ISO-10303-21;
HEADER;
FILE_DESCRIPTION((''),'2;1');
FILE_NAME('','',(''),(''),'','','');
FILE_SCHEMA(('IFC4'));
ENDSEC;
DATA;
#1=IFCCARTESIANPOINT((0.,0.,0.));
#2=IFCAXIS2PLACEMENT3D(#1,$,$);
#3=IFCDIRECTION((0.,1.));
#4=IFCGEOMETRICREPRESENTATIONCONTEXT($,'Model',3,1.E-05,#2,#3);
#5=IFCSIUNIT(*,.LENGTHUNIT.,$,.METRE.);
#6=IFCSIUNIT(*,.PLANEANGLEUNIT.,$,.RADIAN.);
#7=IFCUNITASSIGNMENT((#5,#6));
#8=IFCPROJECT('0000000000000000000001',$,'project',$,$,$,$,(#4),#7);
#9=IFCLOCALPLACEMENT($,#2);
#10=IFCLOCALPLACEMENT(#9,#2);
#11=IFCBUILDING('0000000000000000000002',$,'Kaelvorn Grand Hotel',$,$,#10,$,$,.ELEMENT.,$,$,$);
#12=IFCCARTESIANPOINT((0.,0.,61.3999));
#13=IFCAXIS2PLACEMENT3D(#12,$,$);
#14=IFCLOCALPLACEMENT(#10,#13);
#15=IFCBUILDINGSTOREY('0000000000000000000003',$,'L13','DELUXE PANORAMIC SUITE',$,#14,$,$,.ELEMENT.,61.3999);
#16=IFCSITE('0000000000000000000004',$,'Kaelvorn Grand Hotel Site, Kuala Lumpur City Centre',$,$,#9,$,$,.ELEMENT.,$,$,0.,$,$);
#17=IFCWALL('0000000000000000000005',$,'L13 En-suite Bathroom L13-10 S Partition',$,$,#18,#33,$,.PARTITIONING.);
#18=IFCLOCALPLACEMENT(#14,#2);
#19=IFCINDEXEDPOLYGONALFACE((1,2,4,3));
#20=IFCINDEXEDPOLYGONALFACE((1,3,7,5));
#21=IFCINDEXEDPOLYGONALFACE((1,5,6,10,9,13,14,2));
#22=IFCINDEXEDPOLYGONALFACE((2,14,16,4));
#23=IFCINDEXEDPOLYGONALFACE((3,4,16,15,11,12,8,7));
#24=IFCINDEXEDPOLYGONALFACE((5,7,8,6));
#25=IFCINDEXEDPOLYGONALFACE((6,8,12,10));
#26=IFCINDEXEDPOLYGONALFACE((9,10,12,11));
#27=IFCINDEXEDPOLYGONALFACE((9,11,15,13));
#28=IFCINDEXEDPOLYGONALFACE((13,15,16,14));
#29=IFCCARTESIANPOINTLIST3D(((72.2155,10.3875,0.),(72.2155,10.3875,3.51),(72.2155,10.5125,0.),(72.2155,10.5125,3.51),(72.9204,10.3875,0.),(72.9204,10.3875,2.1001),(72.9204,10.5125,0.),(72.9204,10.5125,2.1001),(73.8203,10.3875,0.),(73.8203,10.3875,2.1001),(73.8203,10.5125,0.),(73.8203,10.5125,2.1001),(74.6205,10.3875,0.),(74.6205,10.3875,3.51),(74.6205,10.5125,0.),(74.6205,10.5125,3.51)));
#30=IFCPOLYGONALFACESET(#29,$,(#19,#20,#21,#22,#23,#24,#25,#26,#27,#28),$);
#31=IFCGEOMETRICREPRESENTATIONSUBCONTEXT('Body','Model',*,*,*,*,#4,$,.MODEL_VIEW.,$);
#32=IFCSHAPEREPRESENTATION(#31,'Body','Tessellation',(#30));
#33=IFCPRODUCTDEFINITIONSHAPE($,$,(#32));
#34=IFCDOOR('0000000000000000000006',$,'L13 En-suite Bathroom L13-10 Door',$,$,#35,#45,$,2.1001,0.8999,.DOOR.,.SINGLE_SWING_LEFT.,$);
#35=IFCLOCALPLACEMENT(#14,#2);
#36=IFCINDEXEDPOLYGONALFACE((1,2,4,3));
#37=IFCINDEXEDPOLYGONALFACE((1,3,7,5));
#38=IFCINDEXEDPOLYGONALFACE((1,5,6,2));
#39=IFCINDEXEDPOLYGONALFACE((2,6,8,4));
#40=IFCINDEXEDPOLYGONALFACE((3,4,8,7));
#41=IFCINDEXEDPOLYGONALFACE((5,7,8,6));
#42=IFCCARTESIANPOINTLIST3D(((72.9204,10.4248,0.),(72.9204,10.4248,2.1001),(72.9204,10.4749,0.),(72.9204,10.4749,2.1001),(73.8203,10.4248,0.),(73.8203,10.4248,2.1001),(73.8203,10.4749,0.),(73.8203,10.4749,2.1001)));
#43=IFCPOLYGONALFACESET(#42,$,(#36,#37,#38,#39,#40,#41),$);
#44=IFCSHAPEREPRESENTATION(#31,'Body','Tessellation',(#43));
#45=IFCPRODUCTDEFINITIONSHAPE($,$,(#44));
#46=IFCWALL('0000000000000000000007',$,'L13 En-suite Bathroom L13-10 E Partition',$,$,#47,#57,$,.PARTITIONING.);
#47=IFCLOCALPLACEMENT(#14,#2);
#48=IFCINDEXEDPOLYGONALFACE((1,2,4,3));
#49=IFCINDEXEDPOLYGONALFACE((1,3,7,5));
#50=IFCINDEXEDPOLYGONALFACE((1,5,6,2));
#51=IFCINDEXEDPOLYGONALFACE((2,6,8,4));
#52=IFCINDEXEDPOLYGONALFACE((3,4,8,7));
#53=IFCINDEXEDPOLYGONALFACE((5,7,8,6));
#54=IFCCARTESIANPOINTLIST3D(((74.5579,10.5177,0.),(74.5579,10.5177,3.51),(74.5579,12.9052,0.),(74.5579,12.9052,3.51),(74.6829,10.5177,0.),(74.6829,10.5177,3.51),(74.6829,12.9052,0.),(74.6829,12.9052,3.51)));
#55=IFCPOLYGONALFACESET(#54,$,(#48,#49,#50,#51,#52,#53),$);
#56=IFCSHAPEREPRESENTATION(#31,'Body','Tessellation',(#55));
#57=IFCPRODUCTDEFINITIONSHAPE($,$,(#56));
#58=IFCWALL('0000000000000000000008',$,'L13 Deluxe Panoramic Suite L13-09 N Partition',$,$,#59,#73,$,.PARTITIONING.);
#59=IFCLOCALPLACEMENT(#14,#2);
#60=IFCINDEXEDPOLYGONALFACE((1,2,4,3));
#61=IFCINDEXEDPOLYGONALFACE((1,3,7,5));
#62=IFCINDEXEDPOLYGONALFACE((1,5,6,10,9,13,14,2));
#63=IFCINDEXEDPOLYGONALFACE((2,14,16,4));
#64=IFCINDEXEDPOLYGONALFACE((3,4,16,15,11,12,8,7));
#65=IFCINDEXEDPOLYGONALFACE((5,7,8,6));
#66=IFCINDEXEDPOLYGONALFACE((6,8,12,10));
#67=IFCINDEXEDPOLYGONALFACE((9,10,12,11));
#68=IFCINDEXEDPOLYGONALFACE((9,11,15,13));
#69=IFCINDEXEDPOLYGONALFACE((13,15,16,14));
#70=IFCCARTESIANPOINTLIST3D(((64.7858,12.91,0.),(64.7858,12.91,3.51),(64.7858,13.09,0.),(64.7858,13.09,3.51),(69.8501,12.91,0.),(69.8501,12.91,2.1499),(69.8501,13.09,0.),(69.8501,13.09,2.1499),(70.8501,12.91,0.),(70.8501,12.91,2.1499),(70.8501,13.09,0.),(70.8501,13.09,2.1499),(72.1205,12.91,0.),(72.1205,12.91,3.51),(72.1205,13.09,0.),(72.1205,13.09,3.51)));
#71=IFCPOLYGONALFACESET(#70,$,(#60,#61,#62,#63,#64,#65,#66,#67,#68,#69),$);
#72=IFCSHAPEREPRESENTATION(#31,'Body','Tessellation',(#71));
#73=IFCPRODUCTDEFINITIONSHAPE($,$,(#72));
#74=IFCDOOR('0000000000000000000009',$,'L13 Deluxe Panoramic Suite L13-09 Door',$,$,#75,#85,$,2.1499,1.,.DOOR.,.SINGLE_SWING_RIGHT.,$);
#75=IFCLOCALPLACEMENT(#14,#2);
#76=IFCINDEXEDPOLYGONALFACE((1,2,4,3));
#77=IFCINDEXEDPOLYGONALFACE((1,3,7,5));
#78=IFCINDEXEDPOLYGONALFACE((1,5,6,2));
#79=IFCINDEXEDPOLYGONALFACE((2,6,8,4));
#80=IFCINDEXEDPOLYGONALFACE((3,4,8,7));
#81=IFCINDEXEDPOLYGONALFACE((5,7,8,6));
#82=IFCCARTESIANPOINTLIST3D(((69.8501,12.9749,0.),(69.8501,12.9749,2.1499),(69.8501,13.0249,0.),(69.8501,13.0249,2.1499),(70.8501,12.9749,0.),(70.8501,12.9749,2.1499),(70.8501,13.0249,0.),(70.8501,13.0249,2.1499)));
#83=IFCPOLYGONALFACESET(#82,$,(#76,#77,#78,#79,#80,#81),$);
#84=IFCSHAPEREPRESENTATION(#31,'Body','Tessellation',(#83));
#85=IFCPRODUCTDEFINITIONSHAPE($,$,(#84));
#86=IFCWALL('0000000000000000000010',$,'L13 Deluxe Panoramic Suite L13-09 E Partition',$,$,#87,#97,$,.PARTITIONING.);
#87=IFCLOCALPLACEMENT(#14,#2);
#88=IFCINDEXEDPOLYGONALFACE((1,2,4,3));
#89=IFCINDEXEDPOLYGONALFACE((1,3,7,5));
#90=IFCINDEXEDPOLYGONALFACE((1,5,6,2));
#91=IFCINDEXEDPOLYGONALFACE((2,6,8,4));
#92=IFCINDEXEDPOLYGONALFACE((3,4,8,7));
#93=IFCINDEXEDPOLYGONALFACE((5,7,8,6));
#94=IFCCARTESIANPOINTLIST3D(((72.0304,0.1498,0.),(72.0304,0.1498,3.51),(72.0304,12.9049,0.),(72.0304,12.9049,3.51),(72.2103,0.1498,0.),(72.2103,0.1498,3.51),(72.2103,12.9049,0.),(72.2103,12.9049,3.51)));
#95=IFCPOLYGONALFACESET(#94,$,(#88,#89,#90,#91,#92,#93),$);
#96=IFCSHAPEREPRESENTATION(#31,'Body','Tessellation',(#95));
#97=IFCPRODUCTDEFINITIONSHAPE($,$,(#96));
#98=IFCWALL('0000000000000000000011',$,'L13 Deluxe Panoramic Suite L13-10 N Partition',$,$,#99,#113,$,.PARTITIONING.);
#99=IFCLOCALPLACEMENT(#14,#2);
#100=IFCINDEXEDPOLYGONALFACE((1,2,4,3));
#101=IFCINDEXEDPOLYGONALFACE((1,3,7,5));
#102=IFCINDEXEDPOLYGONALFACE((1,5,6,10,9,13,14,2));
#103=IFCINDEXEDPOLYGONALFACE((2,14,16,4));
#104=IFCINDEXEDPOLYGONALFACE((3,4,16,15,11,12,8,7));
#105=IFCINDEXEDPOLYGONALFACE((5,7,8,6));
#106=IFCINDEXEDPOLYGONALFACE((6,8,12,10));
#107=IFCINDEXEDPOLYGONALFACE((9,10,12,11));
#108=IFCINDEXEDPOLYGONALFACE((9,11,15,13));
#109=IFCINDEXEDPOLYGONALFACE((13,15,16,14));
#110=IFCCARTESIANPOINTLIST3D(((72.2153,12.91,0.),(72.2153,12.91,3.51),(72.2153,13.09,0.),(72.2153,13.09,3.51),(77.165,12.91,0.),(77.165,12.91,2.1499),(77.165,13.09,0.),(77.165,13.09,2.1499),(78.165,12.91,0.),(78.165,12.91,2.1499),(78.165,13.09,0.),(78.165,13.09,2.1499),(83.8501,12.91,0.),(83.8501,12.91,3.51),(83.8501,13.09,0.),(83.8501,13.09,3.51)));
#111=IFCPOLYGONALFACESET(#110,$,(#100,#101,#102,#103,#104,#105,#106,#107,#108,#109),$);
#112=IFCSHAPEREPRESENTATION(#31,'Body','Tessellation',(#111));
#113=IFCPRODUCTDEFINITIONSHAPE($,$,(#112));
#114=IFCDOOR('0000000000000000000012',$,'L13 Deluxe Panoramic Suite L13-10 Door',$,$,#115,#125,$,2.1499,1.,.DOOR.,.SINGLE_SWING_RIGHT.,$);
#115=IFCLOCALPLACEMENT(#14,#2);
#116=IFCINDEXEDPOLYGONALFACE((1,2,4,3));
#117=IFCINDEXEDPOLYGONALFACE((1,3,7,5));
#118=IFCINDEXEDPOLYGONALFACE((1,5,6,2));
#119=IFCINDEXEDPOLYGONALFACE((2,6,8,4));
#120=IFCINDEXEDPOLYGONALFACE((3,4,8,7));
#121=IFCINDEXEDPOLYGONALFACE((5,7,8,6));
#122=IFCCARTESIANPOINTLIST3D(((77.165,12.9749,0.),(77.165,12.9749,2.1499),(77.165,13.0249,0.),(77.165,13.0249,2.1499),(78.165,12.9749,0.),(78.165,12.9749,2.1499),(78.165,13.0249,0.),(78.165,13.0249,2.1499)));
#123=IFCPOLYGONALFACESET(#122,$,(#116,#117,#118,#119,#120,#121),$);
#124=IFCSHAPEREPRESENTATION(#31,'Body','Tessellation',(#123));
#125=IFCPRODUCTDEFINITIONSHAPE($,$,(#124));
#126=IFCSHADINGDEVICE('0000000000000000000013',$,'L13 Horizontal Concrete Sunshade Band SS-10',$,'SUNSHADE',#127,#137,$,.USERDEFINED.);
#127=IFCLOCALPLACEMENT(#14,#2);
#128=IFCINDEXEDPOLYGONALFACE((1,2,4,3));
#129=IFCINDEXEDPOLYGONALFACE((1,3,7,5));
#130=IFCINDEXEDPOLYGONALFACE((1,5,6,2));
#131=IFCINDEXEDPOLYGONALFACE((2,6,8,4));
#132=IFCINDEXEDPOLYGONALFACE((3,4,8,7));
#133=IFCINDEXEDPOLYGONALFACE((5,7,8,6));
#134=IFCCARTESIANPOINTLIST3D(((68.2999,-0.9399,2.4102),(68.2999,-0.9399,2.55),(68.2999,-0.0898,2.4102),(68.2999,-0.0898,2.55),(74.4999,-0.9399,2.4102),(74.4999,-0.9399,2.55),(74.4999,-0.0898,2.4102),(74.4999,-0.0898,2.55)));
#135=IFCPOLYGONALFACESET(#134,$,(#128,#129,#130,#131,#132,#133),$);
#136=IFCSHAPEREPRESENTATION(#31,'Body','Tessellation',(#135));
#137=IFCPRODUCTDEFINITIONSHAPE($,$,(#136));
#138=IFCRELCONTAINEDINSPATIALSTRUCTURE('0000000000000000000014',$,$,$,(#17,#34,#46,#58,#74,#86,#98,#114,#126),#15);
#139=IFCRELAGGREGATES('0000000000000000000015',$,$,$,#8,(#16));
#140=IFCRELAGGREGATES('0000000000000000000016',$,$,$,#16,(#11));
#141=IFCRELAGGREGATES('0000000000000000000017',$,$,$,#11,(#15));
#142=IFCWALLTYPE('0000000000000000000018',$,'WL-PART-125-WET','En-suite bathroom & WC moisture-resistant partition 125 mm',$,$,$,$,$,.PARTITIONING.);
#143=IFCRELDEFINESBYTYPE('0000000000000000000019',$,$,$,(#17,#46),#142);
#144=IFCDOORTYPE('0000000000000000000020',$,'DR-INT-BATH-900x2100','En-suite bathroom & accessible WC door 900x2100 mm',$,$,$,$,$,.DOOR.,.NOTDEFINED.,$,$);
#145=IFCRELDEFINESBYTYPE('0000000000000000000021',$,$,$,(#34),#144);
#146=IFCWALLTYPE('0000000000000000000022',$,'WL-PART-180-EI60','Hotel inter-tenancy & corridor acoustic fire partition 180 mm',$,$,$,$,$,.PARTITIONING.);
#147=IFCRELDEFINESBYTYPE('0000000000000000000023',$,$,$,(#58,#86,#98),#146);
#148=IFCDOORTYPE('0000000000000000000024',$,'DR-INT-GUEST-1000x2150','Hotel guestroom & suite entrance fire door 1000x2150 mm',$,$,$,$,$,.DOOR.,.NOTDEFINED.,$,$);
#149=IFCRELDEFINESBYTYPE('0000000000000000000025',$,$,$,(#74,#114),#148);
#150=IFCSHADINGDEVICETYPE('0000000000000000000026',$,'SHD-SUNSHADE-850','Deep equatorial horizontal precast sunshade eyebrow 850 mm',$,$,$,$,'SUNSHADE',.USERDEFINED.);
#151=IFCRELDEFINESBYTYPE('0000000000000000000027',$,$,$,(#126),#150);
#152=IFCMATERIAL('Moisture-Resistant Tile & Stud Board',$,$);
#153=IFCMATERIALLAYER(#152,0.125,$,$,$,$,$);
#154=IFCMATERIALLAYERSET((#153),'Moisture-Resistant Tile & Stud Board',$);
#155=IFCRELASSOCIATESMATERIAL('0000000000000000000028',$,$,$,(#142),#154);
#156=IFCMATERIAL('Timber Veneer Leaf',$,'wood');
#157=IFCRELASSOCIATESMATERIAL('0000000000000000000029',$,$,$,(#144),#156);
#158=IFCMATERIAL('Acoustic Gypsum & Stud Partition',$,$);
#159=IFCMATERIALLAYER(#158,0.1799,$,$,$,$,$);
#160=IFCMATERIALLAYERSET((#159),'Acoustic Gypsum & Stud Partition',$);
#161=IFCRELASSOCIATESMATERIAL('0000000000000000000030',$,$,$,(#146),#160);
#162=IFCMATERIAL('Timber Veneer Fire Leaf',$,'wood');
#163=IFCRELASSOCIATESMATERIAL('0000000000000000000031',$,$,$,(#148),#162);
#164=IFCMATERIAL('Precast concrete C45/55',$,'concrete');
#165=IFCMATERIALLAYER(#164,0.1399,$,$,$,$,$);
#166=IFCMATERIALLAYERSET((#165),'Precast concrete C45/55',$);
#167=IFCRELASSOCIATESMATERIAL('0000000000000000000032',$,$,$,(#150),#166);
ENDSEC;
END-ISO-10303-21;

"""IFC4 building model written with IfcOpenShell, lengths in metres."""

from ifc_helpers import new_model, si_unit, direction, frame, frame_2d, origin, origin_2d, place, context, subcontext, project, spatial, rectangle, extrude, material, layer, layer_set, type_object, element, fill, save


model = new_model("IFC4")

# Units and contexts
model_context = context("Model", 3, precision=1e-05, world=origin(), true_north=direction((0.0, 1.0)))
body_context = subcontext(model_context, "Body", "Model", "MODEL_VIEW")
ifc_project = project(units=[si_unit("LENGTHUNIT", "METRE"), si_unit("PLANEANGLEUNIT", "RADIAN")], contexts=[model_context])

# Site, building, storey
site_placement = place(None, origin())
site = spatial("IfcSite", under=ifc_project, at=site_placement, Name="Kaelvorn Grand Hotel Site, Kuala Lumpur City Centre", CompositionType="ELEMENT", RefElevation=0.0)
building_placement = place(site_placement, origin())
building = spatial("IfcBuilding", under=site, at=building_placement, Name="Kaelvorn Grand Hotel", CompositionType="ELEMENT")
storey_placement = place(building_placement, frame((0.0, 0.0, 61.3999)))
storey = spatial("IfcBuildingStorey", under=building, at=storey_placement, Name="L13", Description="DELUXE PANORAMIC SUITE", CompositionType="ELEMENT", Elevation=61.3999)

# Shared definitions
ifc_material_1 = material(Name="Moisture-Resistant Tile & Stud Board")
ifc_layer_1 = layer(ifc_material_1, 0.125)
ifc_layer_set_1 = layer_set([ifc_layer_1], Name="Moisture-Resistant Tile & Stud Board")
wall_type_1 = type_object("IfcWallType", Name="WL-PART-125-WET", Description="En-suite bathroom & WC moisture-resistant partition 125 mm", PredefinedType="PARTITIONING", material=ifc_layer_set_1)
ifc_material_2 = material(Name="Timber Veneer Leaf", Category="wood")
door_type_1 = type_object("IfcDoorType", Name="DR-INT-BATH-900x2100", Description="En-suite bathroom & accessible WC door 900x2100 mm", OperationType="NOTDEFINED", PredefinedType="DOOR", material=ifc_material_2)

# Wall, opening, door
wall_1_placement = place(storey_placement, frame((72.2153, 10.45, 0.0), z_axis=(0.0, 0.0, 1.0), x_axis=(1.0, 0.0, 0.0)))
wall_1 = element("IfcWall", 1, at=wall_1_placement, inside=storey, type_object=wall_type_1, Name="L13 En-suite Bathroom L13-10 S Partition", PredefinedType="PARTITIONING", context=body_context, shape_type="SweptSolid", body=[
    extrude(rectangle(XDim=2.405, YDim=0.125, at=frame_2d((1.2026, 0.0))), origin(), (0.0, 0.0, 1.0), 3.51),
])
opening_1_placement = place(wall_1_placement, frame((0.7051, 0.0, 0.0)))
opening_1 = element("IfcOpeningElement", 2, at=opening_1_placement, cuts=wall_1, PredefinedType="OPENING", context=body_context, shape_type="SweptSolid", body=[
    extrude(rectangle(XDim=0.8999, YDim=2.1001, at=frame_2d((0.45, 1.05))), frame((0.0, 0.0725, 0.0), z_axis=(0.0, -1.0, 0.0), x_axis=(1.0, 0.0, 0.0)), (0.0, 0.0, 1.0), 0.145),
])
door_1_placement = place(opening_1_placement, origin())
door_1 = element("IfcDoor", 3, at=door_1_placement, inside=storey, type_object=door_type_1, Name="L13 En-suite Bathroom L13-10 Door", OperationType="SINGLE_SWING_LEFT", OverallHeight=2.1001, OverallWidth=0.8999, PredefinedType="DOOR", context=body_context, shape_type="SweptSolid", body=[
    extrude(rectangle(XDim=0.8999, YDim=2.1001, at=frame_2d((0.45, 1.05))), frame((0.0, 0.0249, 0.0), z_axis=(0.0, -1.0, 0.0), x_axis=(1.0, 0.0, 0.0)), (0.0, 0.0, 1.0), 0.05),
])
fill(opening_1, door_1)

# Wall
wall_2_placement = place(storey_placement, frame((74.6204, 10.5176, 0.0), z_axis=(0.0, 0.0, 1.0), x_axis=(0.0, 1.0, 0.0)))
element("IfcWall", 4, at=wall_2_placement, inside=storey, type_object=wall_type_1, Name="L13 En-suite Bathroom L13-10 E Partition", PredefinedType="PARTITIONING", context=body_context, shape_type="SweptSolid", body=[
    extrude(rectangle(XDim=2.3875, YDim=0.125, at=frame_2d((1.1938, 0.0))), origin(), (0.0, 0.0, 1.0), 3.51),
])

# Wall, opening, door
ifc_material_3 = material(Name="Acoustic Gypsum & Stud Partition")
ifc_layer_2 = layer(ifc_material_3, 0.1799)
ifc_layer_set_2 = layer_set([ifc_layer_2], Name="Acoustic Gypsum & Stud Partition")
wall_type_2 = type_object("IfcWallType", Name="WL-PART-180-EI60", Description="Hotel inter-tenancy & corridor acoustic fire partition 180 mm", PredefinedType="PARTITIONING", material=ifc_layer_set_2)
wall_3_placement = place(storey_placement, frame((64.7856, 13.0, 0.0), z_axis=(0.0, 0.0, 1.0), x_axis=(1.0, 0.0, 0.0)))
wall_3 = element("IfcWall", 5, at=wall_3_placement, inside=storey, type_object=wall_type_2, Name="L13 Deluxe Panoramic Suite L13-09 N Partition", PredefinedType="PARTITIONING", context=body_context, shape_type="SweptSolid", body=[
    extrude(rectangle(XDim=7.3347, YDim=0.1799, at=frame_2d((3.6675, 0.0))), origin(), (0.0, 0.0, 1.0), 3.51),
])
opening_2_placement = place(wall_3_placement, frame((5.0645, 0.0, 0.0)))
opening_2 = element("IfcOpeningElement", 6, at=opening_2_placement, cuts=wall_3, PredefinedType="OPENING", context=body_context, shape_type="SweptSolid", body=[
    extrude(rectangle(XDim=1.0, YDim=2.1499, at=frame_2d((0.5, 1.075))), frame((0.0, 0.1001, 0.0), z_axis=(0.0, -1.0, 0.0), x_axis=(1.0, 0.0, 0.0)), (0.0, 0.0, 1.0), 0.2),
])
ifc_material_4 = material(Name="Timber Veneer Fire Leaf", Category="wood")
door_type_2 = type_object("IfcDoorType", Name="DR-INT-GUEST-1000x2150", Description="Hotel guestroom & suite entrance fire door 1000x2150 mm", OperationType="NOTDEFINED", PredefinedType="DOOR", material=ifc_material_4)
door_2_placement = place(opening_2_placement, origin())
door_2 = element("IfcDoor", 7, at=door_2_placement, inside=storey, type_object=door_type_2, Name="L13 Deluxe Panoramic Suite L13-09 Door", OperationType="SINGLE_SWING_RIGHT", OverallHeight=2.1499, OverallWidth=1.0, PredefinedType="DOOR", context=body_context, shape_type="SweptSolid", body=[
    extrude(rectangle(XDim=1.0, YDim=2.1499, at=frame_2d((0.5, 1.075))), frame((0.0, 0.0249, 0.0), z_axis=(0.0, -1.0, 0.0), x_axis=(1.0, 0.0, 0.0)), (0.0, 0.0, 1.0), 0.05),
])
fill(opening_2, door_2)

# Wall
wall_4_placement = place(storey_placement, frame((72.1204, 0.1499, 0.0), z_axis=(0.0, 0.0, 1.0), x_axis=(0.0, 1.0, 0.0)))
element("IfcWall", 8, at=wall_4_placement, inside=storey, type_object=wall_type_2, Name="L13 Deluxe Panoramic Suite L13-09 E Partition", PredefinedType="PARTITIONING", context=body_context, shape_type="SweptSolid", body=[
    extrude(rectangle(XDim=12.7551, YDim=0.1799, at=frame_2d((6.3774, 0.0))), origin(), (0.0, 0.0, 1.0), 3.51),
])

# Wall, opening, door
wall_5_placement = place(storey_placement, frame((72.2153, 13.0, 0.0), z_axis=(0.0, 0.0, 1.0), x_axis=(1.0, 0.0, 0.0)))
wall_5 = element("IfcWall", 9, at=wall_5_placement, inside=storey, type_object=wall_type_2, Name="L13 Deluxe Panoramic Suite L13-10 N Partition", PredefinedType="PARTITIONING", context=body_context, shape_type="SweptSolid", body=[
    extrude(rectangle(XDim=11.6348, YDim=0.1799, at=frame_2d((5.8174, 0.0))), origin(), (0.0, 0.0, 1.0), 3.51),
])
opening_3_placement = place(wall_5_placement, frame((4.9497, 0.0, 0.0)))
opening_3 = element("IfcOpeningElement", 10, at=opening_3_placement, cuts=wall_5, PredefinedType="OPENING", context=body_context, shape_type="SweptSolid", body=[
    extrude(rectangle(XDim=1.0, YDim=2.1499, at=frame_2d((0.5, 1.075))), frame((0.0, 0.1001, 0.0), z_axis=(0.0, -1.0, 0.0), x_axis=(1.0, 0.0, 0.0)), (0.0, 0.0, 1.0), 0.2),
])
door_3_placement = place(opening_3_placement, origin())
door_3 = element("IfcDoor", 11, at=door_3_placement, inside=storey, type_object=door_type_2, Name="L13 Deluxe Panoramic Suite L13-10 Door", OperationType="SINGLE_SWING_RIGHT", OverallHeight=2.1499, OverallWidth=1.0, PredefinedType="DOOR", context=body_context, shape_type="SweptSolid", body=[
    extrude(rectangle(XDim=1.0, YDim=2.1499, at=frame_2d((0.5, 1.075))), frame((0.0, 0.0249, 0.0), z_axis=(0.0, -1.0, 0.0), x_axis=(1.0, 0.0, 0.0)), (0.0, 0.0, 1.0), 0.05),
])
fill(opening_3, door_3)

# Shading device
ifc_material_5 = material(Name="Precast concrete C45/55", Category="concrete")
ifc_layer_3 = layer(ifc_material_5, 0.1399)
ifc_layer_set_3 = layer_set([ifc_layer_3], Name="Precast concrete C45/55")
shading_device_type = type_object("IfcShadingDeviceType", Name="SHD-SUNSHADE-850", Description="Deep equatorial horizontal precast sunshade eyebrow 850 mm", ElementType="SUNSHADE", PredefinedType="USERDEFINED", material=ifc_layer_set_3)
shading_device_placement = place(storey_placement, frame((71.3999, -0.5149, 2.4102), z_axis=(0.0, 0.0, 1.0), x_axis=(1.0, 0.0, 0.0)))
element("IfcShadingDevice", 12, at=shading_device_placement, inside=storey, type_object=shading_device_type, Name="L13 Horizontal Concrete Sunshade Band SS-10", ObjectType="SUNSHADE", PredefinedType="USERDEFINED", context=body_context, shape_type="SweptSolid", body=[
    extrude(rectangle(XDim=6.2, YDim=0.8501, at=origin_2d()), origin(), (0.0, 0.0, 1.0), 0.1399),
])

save(model, "model.ifc")
